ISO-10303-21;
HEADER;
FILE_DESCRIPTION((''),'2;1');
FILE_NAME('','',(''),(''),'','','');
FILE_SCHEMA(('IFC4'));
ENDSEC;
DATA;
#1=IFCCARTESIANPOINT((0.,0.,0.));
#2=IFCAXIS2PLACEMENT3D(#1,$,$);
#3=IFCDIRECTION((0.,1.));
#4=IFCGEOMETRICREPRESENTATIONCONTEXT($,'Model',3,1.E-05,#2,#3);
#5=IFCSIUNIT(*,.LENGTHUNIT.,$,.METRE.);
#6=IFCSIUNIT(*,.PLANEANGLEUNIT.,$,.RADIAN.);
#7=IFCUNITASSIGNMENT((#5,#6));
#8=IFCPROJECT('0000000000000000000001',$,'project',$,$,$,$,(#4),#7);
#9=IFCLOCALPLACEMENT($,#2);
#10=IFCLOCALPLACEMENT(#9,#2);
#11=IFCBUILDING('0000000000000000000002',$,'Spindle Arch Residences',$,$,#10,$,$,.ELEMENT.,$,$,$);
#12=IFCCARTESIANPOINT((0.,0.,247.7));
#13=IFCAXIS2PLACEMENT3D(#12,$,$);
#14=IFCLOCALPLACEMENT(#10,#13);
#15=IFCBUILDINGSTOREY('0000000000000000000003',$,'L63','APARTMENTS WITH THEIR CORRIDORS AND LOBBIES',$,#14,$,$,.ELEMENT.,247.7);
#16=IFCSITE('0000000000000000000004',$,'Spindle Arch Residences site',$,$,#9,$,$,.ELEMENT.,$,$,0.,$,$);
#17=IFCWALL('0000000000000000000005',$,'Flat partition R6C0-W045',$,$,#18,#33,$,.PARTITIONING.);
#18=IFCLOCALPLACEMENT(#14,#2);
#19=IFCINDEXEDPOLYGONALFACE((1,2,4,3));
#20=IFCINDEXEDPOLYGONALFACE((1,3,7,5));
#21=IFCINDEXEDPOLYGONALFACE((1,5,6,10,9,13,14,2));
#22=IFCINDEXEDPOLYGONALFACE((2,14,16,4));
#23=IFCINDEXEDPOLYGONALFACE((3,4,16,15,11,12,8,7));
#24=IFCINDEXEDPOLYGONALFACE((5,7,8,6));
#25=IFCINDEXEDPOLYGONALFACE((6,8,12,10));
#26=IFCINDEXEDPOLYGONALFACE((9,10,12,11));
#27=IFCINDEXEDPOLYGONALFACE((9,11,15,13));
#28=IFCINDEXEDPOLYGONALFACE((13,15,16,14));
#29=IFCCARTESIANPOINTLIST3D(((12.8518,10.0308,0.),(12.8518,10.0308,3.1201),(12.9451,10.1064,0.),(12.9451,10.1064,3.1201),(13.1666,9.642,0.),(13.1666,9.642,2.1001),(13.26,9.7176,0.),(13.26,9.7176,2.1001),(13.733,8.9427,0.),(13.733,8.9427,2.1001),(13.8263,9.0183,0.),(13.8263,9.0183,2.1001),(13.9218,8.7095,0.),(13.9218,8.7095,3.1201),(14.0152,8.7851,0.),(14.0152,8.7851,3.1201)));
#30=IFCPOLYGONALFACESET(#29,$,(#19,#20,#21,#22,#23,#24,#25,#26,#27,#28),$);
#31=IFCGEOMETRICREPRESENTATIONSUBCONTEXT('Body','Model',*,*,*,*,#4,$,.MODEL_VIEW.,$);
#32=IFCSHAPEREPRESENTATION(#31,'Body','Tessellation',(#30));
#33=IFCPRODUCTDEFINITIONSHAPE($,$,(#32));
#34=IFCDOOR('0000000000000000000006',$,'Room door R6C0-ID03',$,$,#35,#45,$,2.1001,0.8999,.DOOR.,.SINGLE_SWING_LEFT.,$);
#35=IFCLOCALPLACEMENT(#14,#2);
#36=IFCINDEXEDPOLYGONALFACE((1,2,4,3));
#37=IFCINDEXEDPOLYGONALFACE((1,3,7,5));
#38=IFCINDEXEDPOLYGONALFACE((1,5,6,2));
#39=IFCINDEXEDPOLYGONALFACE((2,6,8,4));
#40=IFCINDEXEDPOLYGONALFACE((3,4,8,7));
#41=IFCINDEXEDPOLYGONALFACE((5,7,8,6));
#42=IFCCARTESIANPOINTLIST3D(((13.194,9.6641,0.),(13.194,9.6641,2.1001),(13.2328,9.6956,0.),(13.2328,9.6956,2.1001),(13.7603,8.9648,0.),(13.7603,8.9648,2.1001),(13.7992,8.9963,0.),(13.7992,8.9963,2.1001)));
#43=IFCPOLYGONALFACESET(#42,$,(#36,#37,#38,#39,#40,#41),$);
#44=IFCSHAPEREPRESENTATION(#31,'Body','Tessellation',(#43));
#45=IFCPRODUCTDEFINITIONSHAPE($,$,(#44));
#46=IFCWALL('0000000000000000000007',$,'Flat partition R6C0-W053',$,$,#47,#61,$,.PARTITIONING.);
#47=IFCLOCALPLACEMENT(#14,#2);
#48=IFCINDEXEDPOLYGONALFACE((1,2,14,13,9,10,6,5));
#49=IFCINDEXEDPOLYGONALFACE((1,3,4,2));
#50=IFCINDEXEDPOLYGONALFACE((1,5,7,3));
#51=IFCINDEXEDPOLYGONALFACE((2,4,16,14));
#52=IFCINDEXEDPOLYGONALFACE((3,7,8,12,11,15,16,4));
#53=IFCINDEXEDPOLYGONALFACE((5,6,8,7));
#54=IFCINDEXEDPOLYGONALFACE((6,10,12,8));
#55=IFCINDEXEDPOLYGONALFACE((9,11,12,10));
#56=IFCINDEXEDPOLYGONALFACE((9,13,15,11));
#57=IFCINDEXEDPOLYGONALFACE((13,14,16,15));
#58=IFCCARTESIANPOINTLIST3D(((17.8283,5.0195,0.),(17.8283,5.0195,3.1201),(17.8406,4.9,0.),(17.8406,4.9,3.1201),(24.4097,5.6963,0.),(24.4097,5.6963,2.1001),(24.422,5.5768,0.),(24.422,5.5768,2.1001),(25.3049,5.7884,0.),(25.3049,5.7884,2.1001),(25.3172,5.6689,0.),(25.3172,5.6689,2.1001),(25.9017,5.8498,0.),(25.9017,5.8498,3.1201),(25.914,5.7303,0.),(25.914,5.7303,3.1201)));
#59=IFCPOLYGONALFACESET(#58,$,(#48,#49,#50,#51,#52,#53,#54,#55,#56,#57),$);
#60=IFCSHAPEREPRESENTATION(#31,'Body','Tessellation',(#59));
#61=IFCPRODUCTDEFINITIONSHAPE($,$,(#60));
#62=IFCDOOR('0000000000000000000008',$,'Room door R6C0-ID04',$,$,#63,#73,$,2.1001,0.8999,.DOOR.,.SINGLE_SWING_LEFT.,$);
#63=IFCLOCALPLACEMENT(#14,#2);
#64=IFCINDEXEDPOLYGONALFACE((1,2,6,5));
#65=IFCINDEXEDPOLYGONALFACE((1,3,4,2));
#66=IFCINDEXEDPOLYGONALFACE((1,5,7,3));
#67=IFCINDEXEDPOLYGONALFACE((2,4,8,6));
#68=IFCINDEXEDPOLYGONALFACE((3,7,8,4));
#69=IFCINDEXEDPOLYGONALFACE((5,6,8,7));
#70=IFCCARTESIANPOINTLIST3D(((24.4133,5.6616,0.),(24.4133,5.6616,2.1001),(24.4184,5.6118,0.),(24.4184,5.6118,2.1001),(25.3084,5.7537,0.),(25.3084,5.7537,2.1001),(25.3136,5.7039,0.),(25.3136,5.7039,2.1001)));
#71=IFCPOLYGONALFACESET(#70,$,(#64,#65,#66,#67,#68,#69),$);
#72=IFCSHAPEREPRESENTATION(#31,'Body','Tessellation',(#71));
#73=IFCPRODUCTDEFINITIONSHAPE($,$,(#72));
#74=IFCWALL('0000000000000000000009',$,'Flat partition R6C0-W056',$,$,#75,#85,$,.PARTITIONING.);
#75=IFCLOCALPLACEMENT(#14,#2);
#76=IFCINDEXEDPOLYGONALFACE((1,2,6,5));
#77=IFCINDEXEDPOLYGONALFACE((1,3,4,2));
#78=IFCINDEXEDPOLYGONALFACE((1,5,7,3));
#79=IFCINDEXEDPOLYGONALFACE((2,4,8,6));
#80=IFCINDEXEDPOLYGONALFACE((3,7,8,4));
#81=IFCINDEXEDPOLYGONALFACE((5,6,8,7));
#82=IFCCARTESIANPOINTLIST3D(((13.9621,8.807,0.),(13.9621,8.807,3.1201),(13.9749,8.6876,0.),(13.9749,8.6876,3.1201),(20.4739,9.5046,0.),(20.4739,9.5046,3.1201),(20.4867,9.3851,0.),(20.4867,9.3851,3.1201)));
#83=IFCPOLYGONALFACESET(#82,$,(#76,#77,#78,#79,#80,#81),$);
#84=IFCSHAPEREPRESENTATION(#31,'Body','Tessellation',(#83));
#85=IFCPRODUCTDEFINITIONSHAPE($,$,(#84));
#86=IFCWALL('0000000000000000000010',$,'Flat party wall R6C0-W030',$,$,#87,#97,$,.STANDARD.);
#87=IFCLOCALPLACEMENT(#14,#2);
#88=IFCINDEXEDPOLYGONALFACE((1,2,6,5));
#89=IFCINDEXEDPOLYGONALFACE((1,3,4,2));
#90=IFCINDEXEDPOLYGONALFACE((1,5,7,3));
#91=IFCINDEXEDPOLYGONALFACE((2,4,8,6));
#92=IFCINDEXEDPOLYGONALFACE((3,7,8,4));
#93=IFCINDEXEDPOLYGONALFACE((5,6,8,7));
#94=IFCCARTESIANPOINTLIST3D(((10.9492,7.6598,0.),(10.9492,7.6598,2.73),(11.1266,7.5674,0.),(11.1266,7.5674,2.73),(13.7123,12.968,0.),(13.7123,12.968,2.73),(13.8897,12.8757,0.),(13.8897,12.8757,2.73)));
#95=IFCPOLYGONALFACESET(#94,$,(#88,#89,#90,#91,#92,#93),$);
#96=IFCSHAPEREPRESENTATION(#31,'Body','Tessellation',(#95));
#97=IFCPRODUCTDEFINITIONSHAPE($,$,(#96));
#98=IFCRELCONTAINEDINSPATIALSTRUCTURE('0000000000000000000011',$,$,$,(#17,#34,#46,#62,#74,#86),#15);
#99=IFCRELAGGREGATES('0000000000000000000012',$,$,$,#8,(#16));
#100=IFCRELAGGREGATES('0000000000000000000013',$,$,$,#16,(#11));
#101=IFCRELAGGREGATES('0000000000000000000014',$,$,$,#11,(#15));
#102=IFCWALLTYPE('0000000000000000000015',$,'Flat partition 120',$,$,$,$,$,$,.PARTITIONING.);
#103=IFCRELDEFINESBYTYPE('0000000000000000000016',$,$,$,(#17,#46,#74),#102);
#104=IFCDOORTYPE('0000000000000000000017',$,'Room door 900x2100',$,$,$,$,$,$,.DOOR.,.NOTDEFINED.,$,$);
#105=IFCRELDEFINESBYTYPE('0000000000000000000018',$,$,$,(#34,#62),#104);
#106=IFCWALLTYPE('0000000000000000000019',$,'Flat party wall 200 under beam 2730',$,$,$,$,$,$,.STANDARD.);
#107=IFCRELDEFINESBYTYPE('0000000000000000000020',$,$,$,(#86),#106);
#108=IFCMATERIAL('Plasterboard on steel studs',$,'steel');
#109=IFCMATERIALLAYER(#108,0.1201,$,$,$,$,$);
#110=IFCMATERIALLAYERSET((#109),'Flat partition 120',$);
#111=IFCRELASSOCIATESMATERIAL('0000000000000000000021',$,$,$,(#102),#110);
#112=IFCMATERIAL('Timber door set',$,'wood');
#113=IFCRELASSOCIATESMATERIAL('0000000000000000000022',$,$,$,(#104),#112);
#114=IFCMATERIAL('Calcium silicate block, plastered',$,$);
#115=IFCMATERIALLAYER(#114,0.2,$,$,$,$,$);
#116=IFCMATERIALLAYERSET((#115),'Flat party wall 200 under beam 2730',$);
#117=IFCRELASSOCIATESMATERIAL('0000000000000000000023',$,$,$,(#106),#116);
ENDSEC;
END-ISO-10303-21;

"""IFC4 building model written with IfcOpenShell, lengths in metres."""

from ifc_helpers import new_model, si_unit, direction, frame, frame_2d, origin, place, context, subcontext, project, spatial, rectangle, extrude, material, layer, layer_set, type_object, element, fill, save


model = new_model("IFC4")

# Units and contexts
model_context = context("Model", 3, precision=1e-05, world=origin(), true_north=direction((0.0, 1.0)))
body_context = subcontext(model_context, "Body", "Model", "MODEL_VIEW")
ifc_project = project(units=[si_unit("LENGTHUNIT", "METRE"), si_unit("PLANEANGLEUNIT", "RADIAN")], contexts=[model_context])

# Site, building, storey
site_placement = place(None, origin())
site = spatial("IfcSite", under=ifc_project, at=site_placement, Name="Spindle Arch Residences site", CompositionType="ELEMENT", RefElevation=0.0)
building_placement = place(site_placement, origin())
building = spatial("IfcBuilding", under=site, at=building_placement, Name="Spindle Arch Residences", CompositionType="ELEMENT")
storey_placement = place(building_placement, frame((0.0, 0.0, 247.7)))
storey = spatial("IfcBuildingStorey", under=building, at=storey_placement, Name="L63", Description="APARTMENTS WITH THEIR CORRIDORS AND LOBBIES", CompositionType="ELEMENT", Elevation=247.7)

# Walls, openings, doors
ifc_material_1 = material(Name="Plasterboard on steel studs", Category="steel")
ifc_layer_1 = layer(ifc_material_1, 0.1201)
ifc_layer_set_1 = layer_set([ifc_layer_1], Name="Flat partition 120")
wall_type_1 = type_object("IfcWallType", Name="Flat partition 120", PredefinedType="PARTITIONING", material=ifc_layer_set_1)
wall_1_placement = place(storey_placement, frame((13.9685, 8.7473, 0.0), z_axis=(0.0, 0.0, 1.0), x_axis=(-0.629359, 0.777114, 0.0)))
wall_1 = element("IfcWall", 1, at=wall_1_placement, inside=storey, type_object=wall_type_1, Name="Flat partition R6C0-W045", PredefinedType="PARTITIONING", context=body_context, shape_type="SweptSolid", body=[
    extrude(rectangle(XDim=1.7002, YDim=0.1201, at=frame_2d((0.8501, 0.0))), origin(), (0.0, 0.0, 1.0), 3.1201),
])
opening_1_placement = place(wall_1_placement, frame((0.3, 0.0, 0.0)))
opening_1 = element("IfcOpeningElement", 2, at=opening_1_placement, cuts=wall_1, PredefinedType="OPENING", context=body_context, shape_type="SweptSolid", body=[
    extrude(rectangle(XDim=0.8999, YDim=2.1001, at=frame_2d((0.45, 1.05))), frame((0.0, 0.0701, 0.0), z_axis=(0.0, -1.0, 0.0), x_axis=(1.0, 0.0, 0.0)), (0.0, 0.0, 1.0), 0.1401),
])
ifc_material_2 = material(Name="Timber door set", Category="wood")
door_type = type_object("IfcDoorType", Name="Room door 900x2100", OperationType="NOTDEFINED", PredefinedType="DOOR", material=ifc_material_2)
door_1_placement = place(opening_1_placement, origin())
door_1 = element("IfcDoor", 3, at=door_1_placement, inside=storey, type_object=door_type, Name="Room door R6C0-ID03", OperationType="SINGLE_SWING_LEFT", OverallHeight=2.1001, OverallWidth=0.8999, PredefinedType="DOOR", context=body_context, shape_type="SweptSolid", body=[
    extrude(rectangle(XDim=0.8999, YDim=2.1001, at=frame_2d((0.45, 1.05))), frame((0.0, 0.0249, 0.0), z_axis=(0.0, -1.0, 0.0), x_axis=(1.0, 0.0, 0.0)), (0.0, 0.0, 1.0), 0.05),
])
fill(opening_1, door_1)
wall_2_placement = place(storey_placement, frame((25.908, 5.79, 0.0), z_axis=(0.0, 0.0, 1.0), x_axis=(-0.994753, -0.102306, 0.0)))
wall_2 = element("IfcWall", 4, at=wall_2_placement, inside=storey, type_object=wall_type_1, Name="Flat partition R6C0-W053", PredefinedType="PARTITIONING", context=body_context, shape_type="SweptSolid", body=[
    extrude(rectangle(XDim=8.116, YDim=0.1201, at=frame_2d((4.0581, 0.0))), origin(), (0.0, 0.0, 1.0), 3.1201),
])
opening_2_placement = place(wall_2_placement, frame((0.6001, 0.0, 0.0)))
opening_2 = element("IfcOpeningElement", 5, at=opening_2_placement, cuts=wall_2, PredefinedType="OPENING", context=body_context, shape_type="SweptSolid", body=[
    extrude(rectangle(XDim=0.8999, YDim=2.1001, at=frame_2d((0.45, 1.05))), frame((0.0, 0.0701, 0.0), z_axis=(0.0, -1.0, 0.0), x_axis=(1.0, 0.0, 0.0)), (0.0, 0.0, 1.0), 0.1401),
])
door_2_placement = place(opening_2_placement, origin())
door_2 = element("IfcDoor", 6, at=door_2_placement, inside=storey, type_object=door_type, Name="Room door R6C0-ID04", OperationType="SINGLE_SWING_LEFT", OverallHeight=2.1001, OverallWidth=0.8999, PredefinedType="DOOR", context=body_context, shape_type="SweptSolid", body=[
    extrude(rectangle(XDim=0.8999, YDim=2.1001, at=frame_2d((0.45, 1.05))), frame((0.0, 0.0249, 0.0), z_axis=(0.0, -1.0, 0.0), x_axis=(1.0, 0.0, 0.0)), (0.0, 0.0, 1.0), 0.05),
])
fill(opening_2, door_2)

# Walls
wall_3_placement = place(storey_placement, frame((20.4802, 9.4448, 0.0), z_axis=(0.0, 0.0, 1.0), x_axis=(-0.994312, -0.106507, 0.0)))
element("IfcWall", 7, at=wall_3_placement, inside=storey, type_object=wall_type_1, Name="Flat partition R6C0-W056", PredefinedType="PARTITIONING", context=body_context, shape_type="SweptSolid", body=[
    extrude(rectangle(XDim=6.5491, YDim=0.1201, at=frame_2d((3.2744, 0.0))), origin(), (0.0, 0.0, 1.0), 3.1201),
])
ifc_material_3 = material(Name="Calcium silicate block, plastered")
ifc_layer_2 = layer(ifc_material_3, 0.2)
ifc_layer_set_2 = layer_set([ifc_layer_2], Name="Flat party wall 200 under beam 2730")
wall_type_2 = type_object("IfcWallType", Name="Flat party wall 200 under beam 2730", PredefinedType="STANDARD", material=ifc_layer_set_2)
wall_4_placement = place(storey_placement, frame((13.801, 12.9219, 0.0), z_axis=(0.0, 0.0, 1.0), x_axis=(-0.461726, -0.887022, 0.0)))
element("IfcWall", 8, at=wall_4_placement, inside=storey, type_object=wall_type_2, Name="Flat party wall R6C0-W030", PredefinedType="STANDARD", context=body_context, shape_type="SweptSolid", body=[
    extrude(rectangle(XDim=5.9844, YDim=0.2, at=frame_2d((2.9922, 0.0))), origin(), (0.0, 0.0, 1.0), 2.73),
])

save(model, "model.ifc")
